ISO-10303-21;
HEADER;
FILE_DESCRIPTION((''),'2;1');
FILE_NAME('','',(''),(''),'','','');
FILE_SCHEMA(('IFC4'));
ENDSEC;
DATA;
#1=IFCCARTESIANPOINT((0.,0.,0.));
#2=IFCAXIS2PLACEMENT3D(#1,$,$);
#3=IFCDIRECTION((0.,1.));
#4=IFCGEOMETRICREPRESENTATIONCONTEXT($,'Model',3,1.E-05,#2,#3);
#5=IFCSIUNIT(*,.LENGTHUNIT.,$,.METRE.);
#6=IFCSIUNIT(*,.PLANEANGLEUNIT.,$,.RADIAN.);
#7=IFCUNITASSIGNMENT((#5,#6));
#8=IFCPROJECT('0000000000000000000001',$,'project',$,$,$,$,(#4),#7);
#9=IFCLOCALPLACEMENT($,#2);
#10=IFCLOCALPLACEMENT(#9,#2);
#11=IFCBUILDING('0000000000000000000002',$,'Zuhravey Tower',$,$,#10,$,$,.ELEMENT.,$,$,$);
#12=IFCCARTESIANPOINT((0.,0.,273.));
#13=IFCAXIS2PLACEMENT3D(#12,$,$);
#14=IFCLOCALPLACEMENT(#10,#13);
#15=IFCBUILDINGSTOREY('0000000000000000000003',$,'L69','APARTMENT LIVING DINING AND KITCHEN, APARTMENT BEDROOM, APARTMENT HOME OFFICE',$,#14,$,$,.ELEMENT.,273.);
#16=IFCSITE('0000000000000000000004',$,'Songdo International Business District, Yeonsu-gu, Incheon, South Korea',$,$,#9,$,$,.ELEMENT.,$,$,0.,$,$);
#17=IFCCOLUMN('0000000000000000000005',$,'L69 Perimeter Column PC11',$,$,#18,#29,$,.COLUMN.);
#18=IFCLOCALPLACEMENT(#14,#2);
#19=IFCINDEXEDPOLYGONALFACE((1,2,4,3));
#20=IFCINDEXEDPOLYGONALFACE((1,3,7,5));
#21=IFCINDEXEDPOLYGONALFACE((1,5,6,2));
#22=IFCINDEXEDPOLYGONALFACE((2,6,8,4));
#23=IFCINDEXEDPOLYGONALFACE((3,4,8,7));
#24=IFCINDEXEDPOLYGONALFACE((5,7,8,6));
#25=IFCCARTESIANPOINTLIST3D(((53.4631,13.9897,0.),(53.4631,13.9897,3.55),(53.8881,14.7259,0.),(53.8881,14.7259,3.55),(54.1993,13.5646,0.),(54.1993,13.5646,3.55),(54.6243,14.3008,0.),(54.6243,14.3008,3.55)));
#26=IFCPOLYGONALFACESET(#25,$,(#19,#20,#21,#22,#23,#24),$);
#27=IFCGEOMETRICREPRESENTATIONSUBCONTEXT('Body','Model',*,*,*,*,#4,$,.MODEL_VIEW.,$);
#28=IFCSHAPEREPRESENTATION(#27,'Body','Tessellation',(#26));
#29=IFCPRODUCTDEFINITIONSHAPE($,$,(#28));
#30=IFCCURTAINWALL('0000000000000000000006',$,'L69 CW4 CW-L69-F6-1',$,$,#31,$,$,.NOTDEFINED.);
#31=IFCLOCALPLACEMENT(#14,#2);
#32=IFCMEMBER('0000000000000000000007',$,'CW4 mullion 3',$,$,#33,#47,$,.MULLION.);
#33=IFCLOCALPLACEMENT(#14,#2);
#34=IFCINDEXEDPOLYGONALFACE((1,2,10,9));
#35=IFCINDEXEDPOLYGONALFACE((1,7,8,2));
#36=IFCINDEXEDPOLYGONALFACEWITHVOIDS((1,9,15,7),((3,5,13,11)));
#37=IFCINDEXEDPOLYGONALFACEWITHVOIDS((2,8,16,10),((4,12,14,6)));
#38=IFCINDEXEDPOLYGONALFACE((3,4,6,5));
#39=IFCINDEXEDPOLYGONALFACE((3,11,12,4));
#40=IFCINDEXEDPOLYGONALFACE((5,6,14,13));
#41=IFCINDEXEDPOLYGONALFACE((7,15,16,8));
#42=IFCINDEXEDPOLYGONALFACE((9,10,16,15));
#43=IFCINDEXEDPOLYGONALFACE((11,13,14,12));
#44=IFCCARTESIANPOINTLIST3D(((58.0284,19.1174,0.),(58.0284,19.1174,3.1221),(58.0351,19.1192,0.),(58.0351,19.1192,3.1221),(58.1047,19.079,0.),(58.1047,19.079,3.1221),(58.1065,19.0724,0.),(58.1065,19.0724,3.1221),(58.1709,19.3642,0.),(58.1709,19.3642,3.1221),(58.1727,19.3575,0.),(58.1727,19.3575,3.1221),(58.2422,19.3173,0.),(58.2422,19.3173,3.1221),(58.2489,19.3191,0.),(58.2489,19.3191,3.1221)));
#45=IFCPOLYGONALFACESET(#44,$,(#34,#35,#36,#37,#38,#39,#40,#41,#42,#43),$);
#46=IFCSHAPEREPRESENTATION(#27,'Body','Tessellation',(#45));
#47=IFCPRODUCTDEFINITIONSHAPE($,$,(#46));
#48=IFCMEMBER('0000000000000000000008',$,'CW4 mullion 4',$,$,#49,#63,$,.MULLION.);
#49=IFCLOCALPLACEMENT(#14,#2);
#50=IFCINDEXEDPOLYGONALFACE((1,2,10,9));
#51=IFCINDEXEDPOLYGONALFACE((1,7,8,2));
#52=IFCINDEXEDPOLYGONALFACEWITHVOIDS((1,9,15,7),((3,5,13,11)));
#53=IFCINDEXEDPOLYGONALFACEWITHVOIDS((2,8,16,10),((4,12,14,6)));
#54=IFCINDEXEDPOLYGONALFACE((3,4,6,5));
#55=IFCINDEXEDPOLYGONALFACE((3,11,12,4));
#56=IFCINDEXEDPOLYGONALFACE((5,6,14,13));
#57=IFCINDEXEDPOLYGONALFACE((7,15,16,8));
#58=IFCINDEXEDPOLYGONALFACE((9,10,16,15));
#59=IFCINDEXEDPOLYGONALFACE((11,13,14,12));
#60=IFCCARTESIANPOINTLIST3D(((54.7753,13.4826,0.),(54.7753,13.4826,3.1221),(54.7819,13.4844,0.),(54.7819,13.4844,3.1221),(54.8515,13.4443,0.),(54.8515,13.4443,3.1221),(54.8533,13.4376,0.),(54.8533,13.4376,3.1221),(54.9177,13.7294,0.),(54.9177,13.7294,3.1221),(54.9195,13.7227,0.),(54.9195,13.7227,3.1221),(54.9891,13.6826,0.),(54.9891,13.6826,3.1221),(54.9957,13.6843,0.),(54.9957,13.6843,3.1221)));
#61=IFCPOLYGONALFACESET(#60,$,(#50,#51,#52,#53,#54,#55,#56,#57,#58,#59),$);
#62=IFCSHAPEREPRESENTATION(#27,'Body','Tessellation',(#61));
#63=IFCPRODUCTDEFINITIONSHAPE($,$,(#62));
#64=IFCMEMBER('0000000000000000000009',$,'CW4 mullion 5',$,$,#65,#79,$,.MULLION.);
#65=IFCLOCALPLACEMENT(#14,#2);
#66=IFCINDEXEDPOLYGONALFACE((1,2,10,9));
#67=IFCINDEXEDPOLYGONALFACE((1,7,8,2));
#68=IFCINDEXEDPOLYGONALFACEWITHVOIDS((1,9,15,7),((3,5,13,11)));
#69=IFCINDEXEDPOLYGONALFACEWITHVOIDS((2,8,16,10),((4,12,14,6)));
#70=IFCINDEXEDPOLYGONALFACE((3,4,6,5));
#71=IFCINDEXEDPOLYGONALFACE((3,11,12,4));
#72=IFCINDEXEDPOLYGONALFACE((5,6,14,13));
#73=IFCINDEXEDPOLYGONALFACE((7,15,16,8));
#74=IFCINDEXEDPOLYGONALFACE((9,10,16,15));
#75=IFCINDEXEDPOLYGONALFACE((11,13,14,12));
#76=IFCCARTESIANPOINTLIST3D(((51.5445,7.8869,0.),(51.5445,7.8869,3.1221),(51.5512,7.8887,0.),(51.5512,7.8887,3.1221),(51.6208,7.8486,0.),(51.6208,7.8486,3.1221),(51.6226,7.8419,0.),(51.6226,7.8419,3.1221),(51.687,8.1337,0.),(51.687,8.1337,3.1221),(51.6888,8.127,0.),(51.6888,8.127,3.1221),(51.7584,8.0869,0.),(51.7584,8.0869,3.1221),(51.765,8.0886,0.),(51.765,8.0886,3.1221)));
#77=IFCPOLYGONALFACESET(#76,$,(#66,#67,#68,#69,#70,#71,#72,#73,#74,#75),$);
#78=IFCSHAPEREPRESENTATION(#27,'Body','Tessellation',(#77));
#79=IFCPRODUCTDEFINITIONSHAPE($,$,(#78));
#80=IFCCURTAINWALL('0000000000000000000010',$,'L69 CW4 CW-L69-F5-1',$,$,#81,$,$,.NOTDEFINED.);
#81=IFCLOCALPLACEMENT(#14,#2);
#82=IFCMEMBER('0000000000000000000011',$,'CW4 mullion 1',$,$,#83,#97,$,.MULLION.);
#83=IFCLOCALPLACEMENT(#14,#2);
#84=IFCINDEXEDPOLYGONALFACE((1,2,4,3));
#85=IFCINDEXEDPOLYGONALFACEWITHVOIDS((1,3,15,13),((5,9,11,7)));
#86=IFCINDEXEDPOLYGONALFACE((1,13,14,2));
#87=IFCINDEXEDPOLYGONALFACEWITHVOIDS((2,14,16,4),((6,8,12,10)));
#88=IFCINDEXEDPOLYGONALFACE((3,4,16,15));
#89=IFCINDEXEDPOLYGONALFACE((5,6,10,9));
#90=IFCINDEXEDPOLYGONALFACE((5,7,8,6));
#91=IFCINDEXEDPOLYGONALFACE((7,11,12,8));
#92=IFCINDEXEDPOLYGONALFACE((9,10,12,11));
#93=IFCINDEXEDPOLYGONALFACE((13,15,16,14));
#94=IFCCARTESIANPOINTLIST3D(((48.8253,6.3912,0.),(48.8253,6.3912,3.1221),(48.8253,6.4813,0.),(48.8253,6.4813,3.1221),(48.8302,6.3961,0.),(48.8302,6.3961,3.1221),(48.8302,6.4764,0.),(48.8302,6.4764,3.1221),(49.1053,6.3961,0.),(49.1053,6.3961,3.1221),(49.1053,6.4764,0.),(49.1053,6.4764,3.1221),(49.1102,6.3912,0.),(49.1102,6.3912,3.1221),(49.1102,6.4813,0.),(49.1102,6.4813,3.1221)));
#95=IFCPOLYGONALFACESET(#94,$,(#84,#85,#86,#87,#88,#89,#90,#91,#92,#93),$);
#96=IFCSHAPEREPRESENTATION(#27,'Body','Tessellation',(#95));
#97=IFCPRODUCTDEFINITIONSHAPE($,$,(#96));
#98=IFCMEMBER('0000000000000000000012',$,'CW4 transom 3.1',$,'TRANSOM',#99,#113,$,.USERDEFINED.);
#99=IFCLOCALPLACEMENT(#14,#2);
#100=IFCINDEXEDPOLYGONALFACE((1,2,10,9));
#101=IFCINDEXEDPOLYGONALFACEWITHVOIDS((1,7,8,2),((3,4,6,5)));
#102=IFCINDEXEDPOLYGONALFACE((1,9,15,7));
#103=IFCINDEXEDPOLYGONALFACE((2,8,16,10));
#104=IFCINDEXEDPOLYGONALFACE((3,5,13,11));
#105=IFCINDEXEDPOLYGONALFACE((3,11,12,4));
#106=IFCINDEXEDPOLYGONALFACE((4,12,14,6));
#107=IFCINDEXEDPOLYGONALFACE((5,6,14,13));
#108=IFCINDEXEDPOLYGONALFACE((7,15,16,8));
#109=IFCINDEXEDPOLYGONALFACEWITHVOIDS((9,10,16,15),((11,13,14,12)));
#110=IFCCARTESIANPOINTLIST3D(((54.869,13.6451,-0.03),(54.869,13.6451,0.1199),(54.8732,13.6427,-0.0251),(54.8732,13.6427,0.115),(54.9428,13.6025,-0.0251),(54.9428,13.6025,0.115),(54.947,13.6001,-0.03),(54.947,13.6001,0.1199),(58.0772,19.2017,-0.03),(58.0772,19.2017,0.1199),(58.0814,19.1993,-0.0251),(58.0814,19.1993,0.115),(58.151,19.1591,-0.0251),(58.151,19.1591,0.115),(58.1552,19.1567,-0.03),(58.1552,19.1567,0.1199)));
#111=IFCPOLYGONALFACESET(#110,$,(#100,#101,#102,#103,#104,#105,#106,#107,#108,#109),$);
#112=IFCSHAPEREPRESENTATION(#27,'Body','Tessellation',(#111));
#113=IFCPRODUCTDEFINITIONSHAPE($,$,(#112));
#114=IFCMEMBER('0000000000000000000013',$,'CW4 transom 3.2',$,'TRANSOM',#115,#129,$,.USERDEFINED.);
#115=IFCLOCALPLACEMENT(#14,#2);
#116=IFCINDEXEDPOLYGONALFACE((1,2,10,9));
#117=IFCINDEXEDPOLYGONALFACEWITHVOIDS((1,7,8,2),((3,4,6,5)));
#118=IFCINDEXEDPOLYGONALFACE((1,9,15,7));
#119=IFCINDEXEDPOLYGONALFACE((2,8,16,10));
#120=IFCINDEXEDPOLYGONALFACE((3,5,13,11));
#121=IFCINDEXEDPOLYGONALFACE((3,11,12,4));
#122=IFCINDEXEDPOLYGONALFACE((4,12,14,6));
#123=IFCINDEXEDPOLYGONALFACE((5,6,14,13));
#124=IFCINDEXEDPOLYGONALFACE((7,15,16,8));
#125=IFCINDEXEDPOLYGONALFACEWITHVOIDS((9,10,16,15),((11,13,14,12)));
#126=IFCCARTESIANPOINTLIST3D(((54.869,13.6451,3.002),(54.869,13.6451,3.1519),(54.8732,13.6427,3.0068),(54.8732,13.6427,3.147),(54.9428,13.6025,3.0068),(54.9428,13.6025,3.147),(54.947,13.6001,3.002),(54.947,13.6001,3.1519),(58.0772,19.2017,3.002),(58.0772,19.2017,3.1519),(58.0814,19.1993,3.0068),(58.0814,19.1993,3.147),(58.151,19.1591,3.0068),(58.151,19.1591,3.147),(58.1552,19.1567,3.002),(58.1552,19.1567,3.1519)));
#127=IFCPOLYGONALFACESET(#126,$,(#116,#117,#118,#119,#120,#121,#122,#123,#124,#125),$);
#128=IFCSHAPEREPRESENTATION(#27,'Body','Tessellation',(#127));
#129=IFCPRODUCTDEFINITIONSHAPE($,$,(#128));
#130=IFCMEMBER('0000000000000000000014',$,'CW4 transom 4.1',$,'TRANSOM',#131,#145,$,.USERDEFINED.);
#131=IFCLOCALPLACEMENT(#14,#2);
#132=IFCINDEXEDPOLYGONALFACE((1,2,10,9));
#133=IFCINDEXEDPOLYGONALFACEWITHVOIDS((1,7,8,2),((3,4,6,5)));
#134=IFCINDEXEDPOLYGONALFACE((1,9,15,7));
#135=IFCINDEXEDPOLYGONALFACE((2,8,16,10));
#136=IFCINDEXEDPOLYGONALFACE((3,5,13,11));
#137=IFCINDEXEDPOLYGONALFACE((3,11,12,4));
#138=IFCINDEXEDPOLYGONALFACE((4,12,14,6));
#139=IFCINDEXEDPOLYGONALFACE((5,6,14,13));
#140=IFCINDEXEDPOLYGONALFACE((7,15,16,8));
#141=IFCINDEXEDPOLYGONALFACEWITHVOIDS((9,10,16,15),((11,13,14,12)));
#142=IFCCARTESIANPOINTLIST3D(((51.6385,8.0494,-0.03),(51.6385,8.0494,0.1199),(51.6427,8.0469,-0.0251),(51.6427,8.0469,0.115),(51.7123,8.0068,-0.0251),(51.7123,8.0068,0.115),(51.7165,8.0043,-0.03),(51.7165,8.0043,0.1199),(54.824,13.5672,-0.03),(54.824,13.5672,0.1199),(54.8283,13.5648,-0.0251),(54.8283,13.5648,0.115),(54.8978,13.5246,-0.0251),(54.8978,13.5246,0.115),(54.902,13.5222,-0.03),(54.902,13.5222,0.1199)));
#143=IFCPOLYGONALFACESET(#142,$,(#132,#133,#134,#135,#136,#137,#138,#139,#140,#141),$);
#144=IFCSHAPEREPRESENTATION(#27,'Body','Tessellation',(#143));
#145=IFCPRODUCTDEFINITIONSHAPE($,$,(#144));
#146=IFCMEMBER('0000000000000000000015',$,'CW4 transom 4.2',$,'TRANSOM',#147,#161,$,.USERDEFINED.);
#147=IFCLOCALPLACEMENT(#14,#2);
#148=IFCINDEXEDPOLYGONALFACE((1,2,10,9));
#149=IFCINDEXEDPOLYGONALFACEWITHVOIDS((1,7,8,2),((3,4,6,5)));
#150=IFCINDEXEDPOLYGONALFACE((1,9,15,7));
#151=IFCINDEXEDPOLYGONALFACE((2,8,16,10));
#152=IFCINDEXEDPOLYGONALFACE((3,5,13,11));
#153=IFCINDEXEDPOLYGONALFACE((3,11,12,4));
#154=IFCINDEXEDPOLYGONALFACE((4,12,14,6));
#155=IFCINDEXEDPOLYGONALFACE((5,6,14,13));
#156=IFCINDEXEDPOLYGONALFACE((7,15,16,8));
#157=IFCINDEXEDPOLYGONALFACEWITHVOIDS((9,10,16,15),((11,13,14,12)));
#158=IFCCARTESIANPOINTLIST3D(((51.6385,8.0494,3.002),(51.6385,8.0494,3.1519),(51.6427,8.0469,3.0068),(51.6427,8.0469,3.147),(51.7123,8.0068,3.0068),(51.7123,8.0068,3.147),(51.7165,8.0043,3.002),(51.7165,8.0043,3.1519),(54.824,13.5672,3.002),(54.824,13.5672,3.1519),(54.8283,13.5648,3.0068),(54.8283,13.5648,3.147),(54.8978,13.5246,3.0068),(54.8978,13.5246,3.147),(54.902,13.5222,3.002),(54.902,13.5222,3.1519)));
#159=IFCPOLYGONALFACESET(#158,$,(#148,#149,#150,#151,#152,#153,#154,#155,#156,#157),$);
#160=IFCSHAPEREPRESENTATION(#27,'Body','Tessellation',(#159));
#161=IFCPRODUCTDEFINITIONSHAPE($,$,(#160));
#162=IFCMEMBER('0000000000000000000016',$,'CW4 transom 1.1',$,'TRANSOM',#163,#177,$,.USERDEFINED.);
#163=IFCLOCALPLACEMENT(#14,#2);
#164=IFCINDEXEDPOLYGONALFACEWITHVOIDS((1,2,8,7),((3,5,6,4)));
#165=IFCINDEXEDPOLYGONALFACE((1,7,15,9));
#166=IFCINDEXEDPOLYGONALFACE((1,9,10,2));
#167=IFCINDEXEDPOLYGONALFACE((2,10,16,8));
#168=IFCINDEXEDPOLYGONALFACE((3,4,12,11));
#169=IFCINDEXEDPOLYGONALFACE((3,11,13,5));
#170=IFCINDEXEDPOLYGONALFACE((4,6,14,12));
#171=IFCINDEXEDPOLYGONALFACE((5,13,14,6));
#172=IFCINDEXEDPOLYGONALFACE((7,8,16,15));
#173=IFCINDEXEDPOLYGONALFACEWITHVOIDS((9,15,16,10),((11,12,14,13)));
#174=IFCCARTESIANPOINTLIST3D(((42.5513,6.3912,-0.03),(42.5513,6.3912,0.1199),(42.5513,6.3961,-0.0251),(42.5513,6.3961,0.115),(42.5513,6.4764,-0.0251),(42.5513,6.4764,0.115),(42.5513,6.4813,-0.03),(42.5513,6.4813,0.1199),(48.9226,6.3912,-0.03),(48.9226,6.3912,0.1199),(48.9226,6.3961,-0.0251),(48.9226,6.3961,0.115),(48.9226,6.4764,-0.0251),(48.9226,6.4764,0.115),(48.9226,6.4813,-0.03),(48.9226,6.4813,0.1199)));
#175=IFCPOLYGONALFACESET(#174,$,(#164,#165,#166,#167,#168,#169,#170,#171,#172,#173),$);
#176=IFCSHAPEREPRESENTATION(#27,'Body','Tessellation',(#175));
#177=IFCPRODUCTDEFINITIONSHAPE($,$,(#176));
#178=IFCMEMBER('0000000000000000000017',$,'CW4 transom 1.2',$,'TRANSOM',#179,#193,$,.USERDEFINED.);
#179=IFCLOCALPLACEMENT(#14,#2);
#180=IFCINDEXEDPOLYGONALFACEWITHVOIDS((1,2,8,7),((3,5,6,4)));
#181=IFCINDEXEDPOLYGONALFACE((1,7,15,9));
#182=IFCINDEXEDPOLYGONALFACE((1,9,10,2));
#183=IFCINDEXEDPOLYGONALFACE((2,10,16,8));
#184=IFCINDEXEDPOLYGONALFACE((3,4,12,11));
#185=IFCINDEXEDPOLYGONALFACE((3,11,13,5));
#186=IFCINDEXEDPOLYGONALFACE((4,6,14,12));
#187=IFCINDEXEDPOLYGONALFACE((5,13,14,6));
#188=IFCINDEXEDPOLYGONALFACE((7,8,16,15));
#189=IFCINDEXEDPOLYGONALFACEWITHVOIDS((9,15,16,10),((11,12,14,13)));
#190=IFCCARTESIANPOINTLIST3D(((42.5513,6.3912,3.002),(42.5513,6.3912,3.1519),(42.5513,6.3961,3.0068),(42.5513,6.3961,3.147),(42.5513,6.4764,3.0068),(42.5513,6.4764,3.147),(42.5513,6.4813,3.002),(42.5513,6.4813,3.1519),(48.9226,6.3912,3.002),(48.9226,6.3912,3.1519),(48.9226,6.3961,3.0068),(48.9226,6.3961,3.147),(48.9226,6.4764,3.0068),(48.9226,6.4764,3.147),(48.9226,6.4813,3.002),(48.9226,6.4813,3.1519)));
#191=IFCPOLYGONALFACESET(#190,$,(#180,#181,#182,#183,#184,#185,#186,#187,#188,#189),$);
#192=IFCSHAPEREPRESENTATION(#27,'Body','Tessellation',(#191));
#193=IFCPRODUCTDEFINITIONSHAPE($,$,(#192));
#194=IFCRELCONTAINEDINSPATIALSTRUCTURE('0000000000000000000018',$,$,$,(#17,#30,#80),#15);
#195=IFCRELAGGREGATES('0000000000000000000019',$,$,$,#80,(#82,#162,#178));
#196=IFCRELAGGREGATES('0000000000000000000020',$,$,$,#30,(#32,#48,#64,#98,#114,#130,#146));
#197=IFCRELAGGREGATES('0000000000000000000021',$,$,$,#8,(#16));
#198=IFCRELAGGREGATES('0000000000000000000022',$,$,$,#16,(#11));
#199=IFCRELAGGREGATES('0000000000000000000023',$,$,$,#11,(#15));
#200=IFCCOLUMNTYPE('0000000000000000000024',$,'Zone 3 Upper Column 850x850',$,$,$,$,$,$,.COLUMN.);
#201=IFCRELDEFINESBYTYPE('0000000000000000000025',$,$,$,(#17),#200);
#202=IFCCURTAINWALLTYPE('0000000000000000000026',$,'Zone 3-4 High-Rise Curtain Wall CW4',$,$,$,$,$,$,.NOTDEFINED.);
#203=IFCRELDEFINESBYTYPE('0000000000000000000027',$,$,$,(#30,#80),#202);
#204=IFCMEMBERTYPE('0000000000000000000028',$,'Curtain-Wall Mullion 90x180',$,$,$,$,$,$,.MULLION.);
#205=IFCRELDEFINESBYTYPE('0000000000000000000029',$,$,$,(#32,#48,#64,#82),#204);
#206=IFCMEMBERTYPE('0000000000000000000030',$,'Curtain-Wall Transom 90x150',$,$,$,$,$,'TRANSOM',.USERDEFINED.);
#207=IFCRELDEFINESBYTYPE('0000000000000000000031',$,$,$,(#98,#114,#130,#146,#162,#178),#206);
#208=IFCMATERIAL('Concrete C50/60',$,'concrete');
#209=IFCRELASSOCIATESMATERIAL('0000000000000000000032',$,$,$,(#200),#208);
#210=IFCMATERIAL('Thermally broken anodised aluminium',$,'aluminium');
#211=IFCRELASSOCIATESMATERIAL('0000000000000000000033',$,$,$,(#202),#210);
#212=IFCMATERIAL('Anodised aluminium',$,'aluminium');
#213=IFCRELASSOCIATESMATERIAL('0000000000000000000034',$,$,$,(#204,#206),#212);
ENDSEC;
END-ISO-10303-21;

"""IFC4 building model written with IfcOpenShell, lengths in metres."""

from ifc_helpers import new_model, si_unit, direction, frame, origin, origin_2d, place, context, subcontext, project, spatial, rectangle, hollow_rectangle, extrude, material, material_profile, profile_set, type_object, element, aggregate, save


model = new_model("IFC4")

# Units and contexts
model_context = context("Model", 3, precision=1e-05, world=origin(), true_north=direction((0.0, 1.0)))
body_context = subcontext(model_context, "Body", "Model", "MODEL_VIEW")
ifc_project = project(units=[si_unit("LENGTHUNIT", "METRE"), si_unit("PLANEANGLEUNIT", "RADIAN")], contexts=[model_context])

# Site, building, storey
site_placement = place(None, origin())
site = spatial("IfcSite", under=ifc_project, at=site_placement, Name="Songdo International Business District, Yeonsu-gu, Incheon, South Korea", CompositionType="ELEMENT", RefElevation=0.0)
building_placement = place(site_placement, origin())
building = spatial("IfcBuilding", under=site, at=building_placement, Name="Zuhravey Tower", CompositionType="ELEMENT")
storey_placement = place(building_placement, frame((0.0, 0.0, 273.0)))
storey = spatial("IfcBuildingStorey", under=building, at=storey_placement, Name="L69", Description="APARTMENT LIVING DINING AND KITCHEN, APARTMENT BEDROOM, APARTMENT HOME OFFICE", CompositionType="ELEMENT", Elevation=273.0)

# Column
ifc_material_1 = material(Name="Concrete C50/60", Category="concrete")
ifc_material_profile_1 = material_profile(ifc_material_1, rectangle(XDim=0.8501, YDim=0.8501, at=origin_2d()), Name="RC-850x850")
ifc_profile_set_1 = profile_set([ifc_material_profile_1], Name="Concrete C50/60")
column_type = type_object("IfcColumnType", Name="Zone 3 Upper Column 850x850", PredefinedType="COLUMN", material=ifc_profile_set_1)
column_placement = place(storey_placement, frame((54.0437, 14.1453, 0.0), z_axis=(0.0, 0.0, 1.0), x_axis=(0.5, 0.866025, 0.0)))
element("IfcColumn", 1, at=column_placement, inside=storey, type_object=column_type, Name="L69 Perimeter Column PC11", PredefinedType="COLUMN", context=body_context, shape_type="SweptSolid", body=[
    extrude(rectangle(XDim=0.8501, YDim=0.8501, at=origin_2d()), origin(), (0.0, 0.0, 1.0), 3.55),
])

# Curtain wall, members
ifc_material_2 = material(Name="Thermally broken anodised aluminium", Category="aluminium")
curtain_wall_type = type_object("IfcCurtainWallType", Name="Zone 3-4 High-Rise Curtain Wall CW4", PredefinedType="NOTDEFINED", material=ifc_material_2)
curtain_wall_1_placement = place(storey_placement, origin())
curtain_wall_1 = element("IfcCurtainWall", 2, at=curtain_wall_1_placement, inside=storey, type_object=curtain_wall_type, Name="L69 CW4 CW-L69-F6-1", PredefinedType="NOTDEFINED")
ifc_material_3 = material(Name="Anodised aluminium", Category="aluminium")
ifc_material_profile_2 = material_profile(ifc_material_3, hollow_rectangle(XDim=0.0901, YDim=0.2849, WallThickness=0.0049, at=origin_2d()), Name="ALU-RHS-90x285x5")
ifc_profile_set_2 = profile_set([ifc_material_profile_2], Name="Anodised aluminium")
member_type_1 = type_object("IfcMemberType", Name="Curtain-Wall Mullion 90x180", PredefinedType="MULLION", material=ifc_profile_set_2)
member_1_placement = place(storey_placement, frame((58.1387, 19.2183, 0.0), z_axis=(0.0, 0.0, 1.0), x_axis=(0.866025, -0.500001, 0.0)))
member_1 = element("IfcMember", 3, at=member_1_placement, type_object=member_type_1, Name="CW4 mullion 3", PredefinedType="MULLION", context=body_context, shape_type="SweptSolid", body=[
    extrude(hollow_rectangle(XDim=0.0901, YDim=0.2849, WallThickness=0.0049, at=origin_2d()), origin(), (0.0, 0.0, 1.0), 3.1221),
])
member_2_placement = place(storey_placement, frame((54.8855, 13.5835, 0.0), z_axis=(0.0, 0.0, 1.0), x_axis=(0.866025, -0.500001, 0.0)))
member_2 = element("IfcMember", 4, at=member_2_placement, type_object=member_type_1, Name="CW4 mullion 4", PredefinedType="MULLION", context=body_context, shape_type="SweptSolid", body=[
    extrude(hollow_rectangle(XDim=0.0901, YDim=0.2849, WallThickness=0.0049, at=origin_2d()), origin(), (0.0, 0.0, 1.0), 3.1221),
])
member_3_placement = place(storey_placement, frame((51.6548, 7.9878, 0.0), z_axis=(0.0, 0.0, 1.0), x_axis=(0.866025, -0.500001, 0.0)))
member_3 = element("IfcMember", 5, at=member_3_placement, type_object=member_type_1, Name="CW4 mullion 5", PredefinedType="MULLION", context=body_context, shape_type="SweptSolid", body=[
    extrude(hollow_rectangle(XDim=0.0901, YDim=0.2849, WallThickness=0.0049, at=origin_2d()), origin(), (0.0, 0.0, 1.0), 3.1221),
])

# Curtain wall, member
curtain_wall_2_placement = place(storey_placement, origin())
curtain_wall_2 = element("IfcCurtainWall", 6, at=curtain_wall_2_placement, inside=storey, type_object=curtain_wall_type, Name="L69 CW4 CW-L69-F5-1", PredefinedType="NOTDEFINED")
member_4_placement = place(storey_placement, frame((48.9678, 6.4363, 0.0), z_axis=(0.0, 0.0, 1.0), x_axis=(0.0, -1.0, 0.0)))
member_4 = element("IfcMember", 7, at=member_4_placement, type_object=member_type_1, Name="CW4 mullion 1", PredefinedType="MULLION", context=body_context, shape_type="SweptSolid", body=[
    extrude(hollow_rectangle(XDim=0.0901, YDim=0.2849, WallThickness=0.0049, at=origin_2d()), origin(), (0.0, 0.0, 1.0), 3.1221),
])

# Members
ifc_material_profile_3 = material_profile(ifc_material_3, hollow_rectangle(XDim=0.0901, YDim=0.1499, WallThickness=0.0049, at=origin_2d()), Name="ALU-RHS-90x150x5")
ifc_profile_set_3 = profile_set([ifc_material_profile_3], Name="Anodised aluminium")
member_type_2 = type_object("IfcMemberType", Name="Curtain-Wall Transom 90x150", ElementType="TRANSOM", PredefinedType="USERDEFINED", material=ifc_profile_set_3)
member_5_placement = place(storey_placement, frame((58.1162, 19.1792, 0.0449), z_axis=(-0.500014, -0.866017, 0.0), x_axis=(0.866017, -0.500014, 0.0)))
member_5 = element("IfcMember", 8, at=member_5_placement, type_object=member_type_2, Name="CW4 transom 3.1", ObjectType="TRANSOM", PredefinedType="USERDEFINED", context=body_context, shape_type="SweptSolid", body=[
    extrude(hollow_rectangle(XDim=0.0901, YDim=0.1499, WallThickness=0.0049, at=origin_2d()), origin(), (0.0, 0.0, 1.0), 6.4163),
])
member_6_placement = place(storey_placement, frame((58.1162, 19.1792, 3.0769), z_axis=(-0.500014, -0.866017, 0.0), x_axis=(0.866017, -0.500014, 0.0)))
member_6 = element("IfcMember", 9, at=member_6_placement, type_object=member_type_2, Name="CW4 transom 3.2", ObjectType="TRANSOM", PredefinedType="USERDEFINED", context=body_context, shape_type="SweptSolid", body=[
    extrude(hollow_rectangle(XDim=0.0901, YDim=0.1499, WallThickness=0.0049, at=origin_2d()), origin(), (0.0, 0.0, 1.0), 6.4163),
])
member_7_placement = place(storey_placement, frame((54.863, 13.5447, 0.0449), z_axis=(-0.49998, -0.866037, 0.0), x_axis=(0.866037, -0.49998, 0.0)))
member_7 = element("IfcMember", 10, at=member_7_placement, type_object=member_type_2, Name="CW4 transom 4.1", ObjectType="TRANSOM", PredefinedType="USERDEFINED", context=body_context, shape_type="SweptSolid", body=[
    extrude(hollow_rectangle(XDim=0.0901, YDim=0.1499, WallThickness=0.0049, at=origin_2d()), origin(), (0.0, 0.0, 1.0), 6.3713),
])
member_8_placement = place(storey_placement, frame((54.863, 13.5447, 3.0769), z_axis=(-0.49998, -0.866037, 0.0), x_axis=(0.866037, -0.49998, 0.0)))
member_8 = element("IfcMember", 11, at=member_8_placement, type_object=member_type_2, Name="CW4 transom 4.2", ObjectType="TRANSOM", PredefinedType="USERDEFINED", context=body_context, shape_type="SweptSolid", body=[
    extrude(hollow_rectangle(XDim=0.0901, YDim=0.1499, WallThickness=0.0049, at=origin_2d()), origin(), (0.0, 0.0, 1.0), 6.3713),
])
member_9_placement = place(storey_placement, frame((48.9226, 6.4363, 0.0449), z_axis=(-1.0, 0.0, 0.0), x_axis=(0.0, -1.0, 0.0)))
member_9 = element("IfcMember", 12, at=member_9_placement, type_object=member_type_2, Name="CW4 transom 1.1", ObjectType="TRANSOM", PredefinedType="USERDEFINED", context=body_context, shape_type="SweptSolid", body=[
    extrude(hollow_rectangle(XDim=0.0901, YDim=0.1499, WallThickness=0.0049, at=origin_2d()), origin(), (0.0, 0.0, 1.0), 6.3713),
])
member_10_placement = place(storey_placement, frame((48.9226, 6.4363, 3.0769), z_axis=(-1.0, 0.0, 0.0), x_axis=(0.0, -1.0, 0.0)))
member_10 = element("IfcMember", 13, at=member_10_placement, type_object=member_type_2, Name="CW4 transom 1.2", ObjectType="TRANSOM", PredefinedType="USERDEFINED", context=body_context, shape_type="SweptSolid", body=[
    extrude(hollow_rectangle(XDim=0.0901, YDim=0.1499, WallThickness=0.0049, at=origin_2d()), origin(), (0.0, 0.0, 1.0), 6.3713),
])
aggregate(curtain_wall_2, [member_4, member_9, member_10])

aggregate(curtain_wall_1, [member_1, member_2, member_3, member_5, member_6, member_7, member_8])

save(model, "model.ifc")
